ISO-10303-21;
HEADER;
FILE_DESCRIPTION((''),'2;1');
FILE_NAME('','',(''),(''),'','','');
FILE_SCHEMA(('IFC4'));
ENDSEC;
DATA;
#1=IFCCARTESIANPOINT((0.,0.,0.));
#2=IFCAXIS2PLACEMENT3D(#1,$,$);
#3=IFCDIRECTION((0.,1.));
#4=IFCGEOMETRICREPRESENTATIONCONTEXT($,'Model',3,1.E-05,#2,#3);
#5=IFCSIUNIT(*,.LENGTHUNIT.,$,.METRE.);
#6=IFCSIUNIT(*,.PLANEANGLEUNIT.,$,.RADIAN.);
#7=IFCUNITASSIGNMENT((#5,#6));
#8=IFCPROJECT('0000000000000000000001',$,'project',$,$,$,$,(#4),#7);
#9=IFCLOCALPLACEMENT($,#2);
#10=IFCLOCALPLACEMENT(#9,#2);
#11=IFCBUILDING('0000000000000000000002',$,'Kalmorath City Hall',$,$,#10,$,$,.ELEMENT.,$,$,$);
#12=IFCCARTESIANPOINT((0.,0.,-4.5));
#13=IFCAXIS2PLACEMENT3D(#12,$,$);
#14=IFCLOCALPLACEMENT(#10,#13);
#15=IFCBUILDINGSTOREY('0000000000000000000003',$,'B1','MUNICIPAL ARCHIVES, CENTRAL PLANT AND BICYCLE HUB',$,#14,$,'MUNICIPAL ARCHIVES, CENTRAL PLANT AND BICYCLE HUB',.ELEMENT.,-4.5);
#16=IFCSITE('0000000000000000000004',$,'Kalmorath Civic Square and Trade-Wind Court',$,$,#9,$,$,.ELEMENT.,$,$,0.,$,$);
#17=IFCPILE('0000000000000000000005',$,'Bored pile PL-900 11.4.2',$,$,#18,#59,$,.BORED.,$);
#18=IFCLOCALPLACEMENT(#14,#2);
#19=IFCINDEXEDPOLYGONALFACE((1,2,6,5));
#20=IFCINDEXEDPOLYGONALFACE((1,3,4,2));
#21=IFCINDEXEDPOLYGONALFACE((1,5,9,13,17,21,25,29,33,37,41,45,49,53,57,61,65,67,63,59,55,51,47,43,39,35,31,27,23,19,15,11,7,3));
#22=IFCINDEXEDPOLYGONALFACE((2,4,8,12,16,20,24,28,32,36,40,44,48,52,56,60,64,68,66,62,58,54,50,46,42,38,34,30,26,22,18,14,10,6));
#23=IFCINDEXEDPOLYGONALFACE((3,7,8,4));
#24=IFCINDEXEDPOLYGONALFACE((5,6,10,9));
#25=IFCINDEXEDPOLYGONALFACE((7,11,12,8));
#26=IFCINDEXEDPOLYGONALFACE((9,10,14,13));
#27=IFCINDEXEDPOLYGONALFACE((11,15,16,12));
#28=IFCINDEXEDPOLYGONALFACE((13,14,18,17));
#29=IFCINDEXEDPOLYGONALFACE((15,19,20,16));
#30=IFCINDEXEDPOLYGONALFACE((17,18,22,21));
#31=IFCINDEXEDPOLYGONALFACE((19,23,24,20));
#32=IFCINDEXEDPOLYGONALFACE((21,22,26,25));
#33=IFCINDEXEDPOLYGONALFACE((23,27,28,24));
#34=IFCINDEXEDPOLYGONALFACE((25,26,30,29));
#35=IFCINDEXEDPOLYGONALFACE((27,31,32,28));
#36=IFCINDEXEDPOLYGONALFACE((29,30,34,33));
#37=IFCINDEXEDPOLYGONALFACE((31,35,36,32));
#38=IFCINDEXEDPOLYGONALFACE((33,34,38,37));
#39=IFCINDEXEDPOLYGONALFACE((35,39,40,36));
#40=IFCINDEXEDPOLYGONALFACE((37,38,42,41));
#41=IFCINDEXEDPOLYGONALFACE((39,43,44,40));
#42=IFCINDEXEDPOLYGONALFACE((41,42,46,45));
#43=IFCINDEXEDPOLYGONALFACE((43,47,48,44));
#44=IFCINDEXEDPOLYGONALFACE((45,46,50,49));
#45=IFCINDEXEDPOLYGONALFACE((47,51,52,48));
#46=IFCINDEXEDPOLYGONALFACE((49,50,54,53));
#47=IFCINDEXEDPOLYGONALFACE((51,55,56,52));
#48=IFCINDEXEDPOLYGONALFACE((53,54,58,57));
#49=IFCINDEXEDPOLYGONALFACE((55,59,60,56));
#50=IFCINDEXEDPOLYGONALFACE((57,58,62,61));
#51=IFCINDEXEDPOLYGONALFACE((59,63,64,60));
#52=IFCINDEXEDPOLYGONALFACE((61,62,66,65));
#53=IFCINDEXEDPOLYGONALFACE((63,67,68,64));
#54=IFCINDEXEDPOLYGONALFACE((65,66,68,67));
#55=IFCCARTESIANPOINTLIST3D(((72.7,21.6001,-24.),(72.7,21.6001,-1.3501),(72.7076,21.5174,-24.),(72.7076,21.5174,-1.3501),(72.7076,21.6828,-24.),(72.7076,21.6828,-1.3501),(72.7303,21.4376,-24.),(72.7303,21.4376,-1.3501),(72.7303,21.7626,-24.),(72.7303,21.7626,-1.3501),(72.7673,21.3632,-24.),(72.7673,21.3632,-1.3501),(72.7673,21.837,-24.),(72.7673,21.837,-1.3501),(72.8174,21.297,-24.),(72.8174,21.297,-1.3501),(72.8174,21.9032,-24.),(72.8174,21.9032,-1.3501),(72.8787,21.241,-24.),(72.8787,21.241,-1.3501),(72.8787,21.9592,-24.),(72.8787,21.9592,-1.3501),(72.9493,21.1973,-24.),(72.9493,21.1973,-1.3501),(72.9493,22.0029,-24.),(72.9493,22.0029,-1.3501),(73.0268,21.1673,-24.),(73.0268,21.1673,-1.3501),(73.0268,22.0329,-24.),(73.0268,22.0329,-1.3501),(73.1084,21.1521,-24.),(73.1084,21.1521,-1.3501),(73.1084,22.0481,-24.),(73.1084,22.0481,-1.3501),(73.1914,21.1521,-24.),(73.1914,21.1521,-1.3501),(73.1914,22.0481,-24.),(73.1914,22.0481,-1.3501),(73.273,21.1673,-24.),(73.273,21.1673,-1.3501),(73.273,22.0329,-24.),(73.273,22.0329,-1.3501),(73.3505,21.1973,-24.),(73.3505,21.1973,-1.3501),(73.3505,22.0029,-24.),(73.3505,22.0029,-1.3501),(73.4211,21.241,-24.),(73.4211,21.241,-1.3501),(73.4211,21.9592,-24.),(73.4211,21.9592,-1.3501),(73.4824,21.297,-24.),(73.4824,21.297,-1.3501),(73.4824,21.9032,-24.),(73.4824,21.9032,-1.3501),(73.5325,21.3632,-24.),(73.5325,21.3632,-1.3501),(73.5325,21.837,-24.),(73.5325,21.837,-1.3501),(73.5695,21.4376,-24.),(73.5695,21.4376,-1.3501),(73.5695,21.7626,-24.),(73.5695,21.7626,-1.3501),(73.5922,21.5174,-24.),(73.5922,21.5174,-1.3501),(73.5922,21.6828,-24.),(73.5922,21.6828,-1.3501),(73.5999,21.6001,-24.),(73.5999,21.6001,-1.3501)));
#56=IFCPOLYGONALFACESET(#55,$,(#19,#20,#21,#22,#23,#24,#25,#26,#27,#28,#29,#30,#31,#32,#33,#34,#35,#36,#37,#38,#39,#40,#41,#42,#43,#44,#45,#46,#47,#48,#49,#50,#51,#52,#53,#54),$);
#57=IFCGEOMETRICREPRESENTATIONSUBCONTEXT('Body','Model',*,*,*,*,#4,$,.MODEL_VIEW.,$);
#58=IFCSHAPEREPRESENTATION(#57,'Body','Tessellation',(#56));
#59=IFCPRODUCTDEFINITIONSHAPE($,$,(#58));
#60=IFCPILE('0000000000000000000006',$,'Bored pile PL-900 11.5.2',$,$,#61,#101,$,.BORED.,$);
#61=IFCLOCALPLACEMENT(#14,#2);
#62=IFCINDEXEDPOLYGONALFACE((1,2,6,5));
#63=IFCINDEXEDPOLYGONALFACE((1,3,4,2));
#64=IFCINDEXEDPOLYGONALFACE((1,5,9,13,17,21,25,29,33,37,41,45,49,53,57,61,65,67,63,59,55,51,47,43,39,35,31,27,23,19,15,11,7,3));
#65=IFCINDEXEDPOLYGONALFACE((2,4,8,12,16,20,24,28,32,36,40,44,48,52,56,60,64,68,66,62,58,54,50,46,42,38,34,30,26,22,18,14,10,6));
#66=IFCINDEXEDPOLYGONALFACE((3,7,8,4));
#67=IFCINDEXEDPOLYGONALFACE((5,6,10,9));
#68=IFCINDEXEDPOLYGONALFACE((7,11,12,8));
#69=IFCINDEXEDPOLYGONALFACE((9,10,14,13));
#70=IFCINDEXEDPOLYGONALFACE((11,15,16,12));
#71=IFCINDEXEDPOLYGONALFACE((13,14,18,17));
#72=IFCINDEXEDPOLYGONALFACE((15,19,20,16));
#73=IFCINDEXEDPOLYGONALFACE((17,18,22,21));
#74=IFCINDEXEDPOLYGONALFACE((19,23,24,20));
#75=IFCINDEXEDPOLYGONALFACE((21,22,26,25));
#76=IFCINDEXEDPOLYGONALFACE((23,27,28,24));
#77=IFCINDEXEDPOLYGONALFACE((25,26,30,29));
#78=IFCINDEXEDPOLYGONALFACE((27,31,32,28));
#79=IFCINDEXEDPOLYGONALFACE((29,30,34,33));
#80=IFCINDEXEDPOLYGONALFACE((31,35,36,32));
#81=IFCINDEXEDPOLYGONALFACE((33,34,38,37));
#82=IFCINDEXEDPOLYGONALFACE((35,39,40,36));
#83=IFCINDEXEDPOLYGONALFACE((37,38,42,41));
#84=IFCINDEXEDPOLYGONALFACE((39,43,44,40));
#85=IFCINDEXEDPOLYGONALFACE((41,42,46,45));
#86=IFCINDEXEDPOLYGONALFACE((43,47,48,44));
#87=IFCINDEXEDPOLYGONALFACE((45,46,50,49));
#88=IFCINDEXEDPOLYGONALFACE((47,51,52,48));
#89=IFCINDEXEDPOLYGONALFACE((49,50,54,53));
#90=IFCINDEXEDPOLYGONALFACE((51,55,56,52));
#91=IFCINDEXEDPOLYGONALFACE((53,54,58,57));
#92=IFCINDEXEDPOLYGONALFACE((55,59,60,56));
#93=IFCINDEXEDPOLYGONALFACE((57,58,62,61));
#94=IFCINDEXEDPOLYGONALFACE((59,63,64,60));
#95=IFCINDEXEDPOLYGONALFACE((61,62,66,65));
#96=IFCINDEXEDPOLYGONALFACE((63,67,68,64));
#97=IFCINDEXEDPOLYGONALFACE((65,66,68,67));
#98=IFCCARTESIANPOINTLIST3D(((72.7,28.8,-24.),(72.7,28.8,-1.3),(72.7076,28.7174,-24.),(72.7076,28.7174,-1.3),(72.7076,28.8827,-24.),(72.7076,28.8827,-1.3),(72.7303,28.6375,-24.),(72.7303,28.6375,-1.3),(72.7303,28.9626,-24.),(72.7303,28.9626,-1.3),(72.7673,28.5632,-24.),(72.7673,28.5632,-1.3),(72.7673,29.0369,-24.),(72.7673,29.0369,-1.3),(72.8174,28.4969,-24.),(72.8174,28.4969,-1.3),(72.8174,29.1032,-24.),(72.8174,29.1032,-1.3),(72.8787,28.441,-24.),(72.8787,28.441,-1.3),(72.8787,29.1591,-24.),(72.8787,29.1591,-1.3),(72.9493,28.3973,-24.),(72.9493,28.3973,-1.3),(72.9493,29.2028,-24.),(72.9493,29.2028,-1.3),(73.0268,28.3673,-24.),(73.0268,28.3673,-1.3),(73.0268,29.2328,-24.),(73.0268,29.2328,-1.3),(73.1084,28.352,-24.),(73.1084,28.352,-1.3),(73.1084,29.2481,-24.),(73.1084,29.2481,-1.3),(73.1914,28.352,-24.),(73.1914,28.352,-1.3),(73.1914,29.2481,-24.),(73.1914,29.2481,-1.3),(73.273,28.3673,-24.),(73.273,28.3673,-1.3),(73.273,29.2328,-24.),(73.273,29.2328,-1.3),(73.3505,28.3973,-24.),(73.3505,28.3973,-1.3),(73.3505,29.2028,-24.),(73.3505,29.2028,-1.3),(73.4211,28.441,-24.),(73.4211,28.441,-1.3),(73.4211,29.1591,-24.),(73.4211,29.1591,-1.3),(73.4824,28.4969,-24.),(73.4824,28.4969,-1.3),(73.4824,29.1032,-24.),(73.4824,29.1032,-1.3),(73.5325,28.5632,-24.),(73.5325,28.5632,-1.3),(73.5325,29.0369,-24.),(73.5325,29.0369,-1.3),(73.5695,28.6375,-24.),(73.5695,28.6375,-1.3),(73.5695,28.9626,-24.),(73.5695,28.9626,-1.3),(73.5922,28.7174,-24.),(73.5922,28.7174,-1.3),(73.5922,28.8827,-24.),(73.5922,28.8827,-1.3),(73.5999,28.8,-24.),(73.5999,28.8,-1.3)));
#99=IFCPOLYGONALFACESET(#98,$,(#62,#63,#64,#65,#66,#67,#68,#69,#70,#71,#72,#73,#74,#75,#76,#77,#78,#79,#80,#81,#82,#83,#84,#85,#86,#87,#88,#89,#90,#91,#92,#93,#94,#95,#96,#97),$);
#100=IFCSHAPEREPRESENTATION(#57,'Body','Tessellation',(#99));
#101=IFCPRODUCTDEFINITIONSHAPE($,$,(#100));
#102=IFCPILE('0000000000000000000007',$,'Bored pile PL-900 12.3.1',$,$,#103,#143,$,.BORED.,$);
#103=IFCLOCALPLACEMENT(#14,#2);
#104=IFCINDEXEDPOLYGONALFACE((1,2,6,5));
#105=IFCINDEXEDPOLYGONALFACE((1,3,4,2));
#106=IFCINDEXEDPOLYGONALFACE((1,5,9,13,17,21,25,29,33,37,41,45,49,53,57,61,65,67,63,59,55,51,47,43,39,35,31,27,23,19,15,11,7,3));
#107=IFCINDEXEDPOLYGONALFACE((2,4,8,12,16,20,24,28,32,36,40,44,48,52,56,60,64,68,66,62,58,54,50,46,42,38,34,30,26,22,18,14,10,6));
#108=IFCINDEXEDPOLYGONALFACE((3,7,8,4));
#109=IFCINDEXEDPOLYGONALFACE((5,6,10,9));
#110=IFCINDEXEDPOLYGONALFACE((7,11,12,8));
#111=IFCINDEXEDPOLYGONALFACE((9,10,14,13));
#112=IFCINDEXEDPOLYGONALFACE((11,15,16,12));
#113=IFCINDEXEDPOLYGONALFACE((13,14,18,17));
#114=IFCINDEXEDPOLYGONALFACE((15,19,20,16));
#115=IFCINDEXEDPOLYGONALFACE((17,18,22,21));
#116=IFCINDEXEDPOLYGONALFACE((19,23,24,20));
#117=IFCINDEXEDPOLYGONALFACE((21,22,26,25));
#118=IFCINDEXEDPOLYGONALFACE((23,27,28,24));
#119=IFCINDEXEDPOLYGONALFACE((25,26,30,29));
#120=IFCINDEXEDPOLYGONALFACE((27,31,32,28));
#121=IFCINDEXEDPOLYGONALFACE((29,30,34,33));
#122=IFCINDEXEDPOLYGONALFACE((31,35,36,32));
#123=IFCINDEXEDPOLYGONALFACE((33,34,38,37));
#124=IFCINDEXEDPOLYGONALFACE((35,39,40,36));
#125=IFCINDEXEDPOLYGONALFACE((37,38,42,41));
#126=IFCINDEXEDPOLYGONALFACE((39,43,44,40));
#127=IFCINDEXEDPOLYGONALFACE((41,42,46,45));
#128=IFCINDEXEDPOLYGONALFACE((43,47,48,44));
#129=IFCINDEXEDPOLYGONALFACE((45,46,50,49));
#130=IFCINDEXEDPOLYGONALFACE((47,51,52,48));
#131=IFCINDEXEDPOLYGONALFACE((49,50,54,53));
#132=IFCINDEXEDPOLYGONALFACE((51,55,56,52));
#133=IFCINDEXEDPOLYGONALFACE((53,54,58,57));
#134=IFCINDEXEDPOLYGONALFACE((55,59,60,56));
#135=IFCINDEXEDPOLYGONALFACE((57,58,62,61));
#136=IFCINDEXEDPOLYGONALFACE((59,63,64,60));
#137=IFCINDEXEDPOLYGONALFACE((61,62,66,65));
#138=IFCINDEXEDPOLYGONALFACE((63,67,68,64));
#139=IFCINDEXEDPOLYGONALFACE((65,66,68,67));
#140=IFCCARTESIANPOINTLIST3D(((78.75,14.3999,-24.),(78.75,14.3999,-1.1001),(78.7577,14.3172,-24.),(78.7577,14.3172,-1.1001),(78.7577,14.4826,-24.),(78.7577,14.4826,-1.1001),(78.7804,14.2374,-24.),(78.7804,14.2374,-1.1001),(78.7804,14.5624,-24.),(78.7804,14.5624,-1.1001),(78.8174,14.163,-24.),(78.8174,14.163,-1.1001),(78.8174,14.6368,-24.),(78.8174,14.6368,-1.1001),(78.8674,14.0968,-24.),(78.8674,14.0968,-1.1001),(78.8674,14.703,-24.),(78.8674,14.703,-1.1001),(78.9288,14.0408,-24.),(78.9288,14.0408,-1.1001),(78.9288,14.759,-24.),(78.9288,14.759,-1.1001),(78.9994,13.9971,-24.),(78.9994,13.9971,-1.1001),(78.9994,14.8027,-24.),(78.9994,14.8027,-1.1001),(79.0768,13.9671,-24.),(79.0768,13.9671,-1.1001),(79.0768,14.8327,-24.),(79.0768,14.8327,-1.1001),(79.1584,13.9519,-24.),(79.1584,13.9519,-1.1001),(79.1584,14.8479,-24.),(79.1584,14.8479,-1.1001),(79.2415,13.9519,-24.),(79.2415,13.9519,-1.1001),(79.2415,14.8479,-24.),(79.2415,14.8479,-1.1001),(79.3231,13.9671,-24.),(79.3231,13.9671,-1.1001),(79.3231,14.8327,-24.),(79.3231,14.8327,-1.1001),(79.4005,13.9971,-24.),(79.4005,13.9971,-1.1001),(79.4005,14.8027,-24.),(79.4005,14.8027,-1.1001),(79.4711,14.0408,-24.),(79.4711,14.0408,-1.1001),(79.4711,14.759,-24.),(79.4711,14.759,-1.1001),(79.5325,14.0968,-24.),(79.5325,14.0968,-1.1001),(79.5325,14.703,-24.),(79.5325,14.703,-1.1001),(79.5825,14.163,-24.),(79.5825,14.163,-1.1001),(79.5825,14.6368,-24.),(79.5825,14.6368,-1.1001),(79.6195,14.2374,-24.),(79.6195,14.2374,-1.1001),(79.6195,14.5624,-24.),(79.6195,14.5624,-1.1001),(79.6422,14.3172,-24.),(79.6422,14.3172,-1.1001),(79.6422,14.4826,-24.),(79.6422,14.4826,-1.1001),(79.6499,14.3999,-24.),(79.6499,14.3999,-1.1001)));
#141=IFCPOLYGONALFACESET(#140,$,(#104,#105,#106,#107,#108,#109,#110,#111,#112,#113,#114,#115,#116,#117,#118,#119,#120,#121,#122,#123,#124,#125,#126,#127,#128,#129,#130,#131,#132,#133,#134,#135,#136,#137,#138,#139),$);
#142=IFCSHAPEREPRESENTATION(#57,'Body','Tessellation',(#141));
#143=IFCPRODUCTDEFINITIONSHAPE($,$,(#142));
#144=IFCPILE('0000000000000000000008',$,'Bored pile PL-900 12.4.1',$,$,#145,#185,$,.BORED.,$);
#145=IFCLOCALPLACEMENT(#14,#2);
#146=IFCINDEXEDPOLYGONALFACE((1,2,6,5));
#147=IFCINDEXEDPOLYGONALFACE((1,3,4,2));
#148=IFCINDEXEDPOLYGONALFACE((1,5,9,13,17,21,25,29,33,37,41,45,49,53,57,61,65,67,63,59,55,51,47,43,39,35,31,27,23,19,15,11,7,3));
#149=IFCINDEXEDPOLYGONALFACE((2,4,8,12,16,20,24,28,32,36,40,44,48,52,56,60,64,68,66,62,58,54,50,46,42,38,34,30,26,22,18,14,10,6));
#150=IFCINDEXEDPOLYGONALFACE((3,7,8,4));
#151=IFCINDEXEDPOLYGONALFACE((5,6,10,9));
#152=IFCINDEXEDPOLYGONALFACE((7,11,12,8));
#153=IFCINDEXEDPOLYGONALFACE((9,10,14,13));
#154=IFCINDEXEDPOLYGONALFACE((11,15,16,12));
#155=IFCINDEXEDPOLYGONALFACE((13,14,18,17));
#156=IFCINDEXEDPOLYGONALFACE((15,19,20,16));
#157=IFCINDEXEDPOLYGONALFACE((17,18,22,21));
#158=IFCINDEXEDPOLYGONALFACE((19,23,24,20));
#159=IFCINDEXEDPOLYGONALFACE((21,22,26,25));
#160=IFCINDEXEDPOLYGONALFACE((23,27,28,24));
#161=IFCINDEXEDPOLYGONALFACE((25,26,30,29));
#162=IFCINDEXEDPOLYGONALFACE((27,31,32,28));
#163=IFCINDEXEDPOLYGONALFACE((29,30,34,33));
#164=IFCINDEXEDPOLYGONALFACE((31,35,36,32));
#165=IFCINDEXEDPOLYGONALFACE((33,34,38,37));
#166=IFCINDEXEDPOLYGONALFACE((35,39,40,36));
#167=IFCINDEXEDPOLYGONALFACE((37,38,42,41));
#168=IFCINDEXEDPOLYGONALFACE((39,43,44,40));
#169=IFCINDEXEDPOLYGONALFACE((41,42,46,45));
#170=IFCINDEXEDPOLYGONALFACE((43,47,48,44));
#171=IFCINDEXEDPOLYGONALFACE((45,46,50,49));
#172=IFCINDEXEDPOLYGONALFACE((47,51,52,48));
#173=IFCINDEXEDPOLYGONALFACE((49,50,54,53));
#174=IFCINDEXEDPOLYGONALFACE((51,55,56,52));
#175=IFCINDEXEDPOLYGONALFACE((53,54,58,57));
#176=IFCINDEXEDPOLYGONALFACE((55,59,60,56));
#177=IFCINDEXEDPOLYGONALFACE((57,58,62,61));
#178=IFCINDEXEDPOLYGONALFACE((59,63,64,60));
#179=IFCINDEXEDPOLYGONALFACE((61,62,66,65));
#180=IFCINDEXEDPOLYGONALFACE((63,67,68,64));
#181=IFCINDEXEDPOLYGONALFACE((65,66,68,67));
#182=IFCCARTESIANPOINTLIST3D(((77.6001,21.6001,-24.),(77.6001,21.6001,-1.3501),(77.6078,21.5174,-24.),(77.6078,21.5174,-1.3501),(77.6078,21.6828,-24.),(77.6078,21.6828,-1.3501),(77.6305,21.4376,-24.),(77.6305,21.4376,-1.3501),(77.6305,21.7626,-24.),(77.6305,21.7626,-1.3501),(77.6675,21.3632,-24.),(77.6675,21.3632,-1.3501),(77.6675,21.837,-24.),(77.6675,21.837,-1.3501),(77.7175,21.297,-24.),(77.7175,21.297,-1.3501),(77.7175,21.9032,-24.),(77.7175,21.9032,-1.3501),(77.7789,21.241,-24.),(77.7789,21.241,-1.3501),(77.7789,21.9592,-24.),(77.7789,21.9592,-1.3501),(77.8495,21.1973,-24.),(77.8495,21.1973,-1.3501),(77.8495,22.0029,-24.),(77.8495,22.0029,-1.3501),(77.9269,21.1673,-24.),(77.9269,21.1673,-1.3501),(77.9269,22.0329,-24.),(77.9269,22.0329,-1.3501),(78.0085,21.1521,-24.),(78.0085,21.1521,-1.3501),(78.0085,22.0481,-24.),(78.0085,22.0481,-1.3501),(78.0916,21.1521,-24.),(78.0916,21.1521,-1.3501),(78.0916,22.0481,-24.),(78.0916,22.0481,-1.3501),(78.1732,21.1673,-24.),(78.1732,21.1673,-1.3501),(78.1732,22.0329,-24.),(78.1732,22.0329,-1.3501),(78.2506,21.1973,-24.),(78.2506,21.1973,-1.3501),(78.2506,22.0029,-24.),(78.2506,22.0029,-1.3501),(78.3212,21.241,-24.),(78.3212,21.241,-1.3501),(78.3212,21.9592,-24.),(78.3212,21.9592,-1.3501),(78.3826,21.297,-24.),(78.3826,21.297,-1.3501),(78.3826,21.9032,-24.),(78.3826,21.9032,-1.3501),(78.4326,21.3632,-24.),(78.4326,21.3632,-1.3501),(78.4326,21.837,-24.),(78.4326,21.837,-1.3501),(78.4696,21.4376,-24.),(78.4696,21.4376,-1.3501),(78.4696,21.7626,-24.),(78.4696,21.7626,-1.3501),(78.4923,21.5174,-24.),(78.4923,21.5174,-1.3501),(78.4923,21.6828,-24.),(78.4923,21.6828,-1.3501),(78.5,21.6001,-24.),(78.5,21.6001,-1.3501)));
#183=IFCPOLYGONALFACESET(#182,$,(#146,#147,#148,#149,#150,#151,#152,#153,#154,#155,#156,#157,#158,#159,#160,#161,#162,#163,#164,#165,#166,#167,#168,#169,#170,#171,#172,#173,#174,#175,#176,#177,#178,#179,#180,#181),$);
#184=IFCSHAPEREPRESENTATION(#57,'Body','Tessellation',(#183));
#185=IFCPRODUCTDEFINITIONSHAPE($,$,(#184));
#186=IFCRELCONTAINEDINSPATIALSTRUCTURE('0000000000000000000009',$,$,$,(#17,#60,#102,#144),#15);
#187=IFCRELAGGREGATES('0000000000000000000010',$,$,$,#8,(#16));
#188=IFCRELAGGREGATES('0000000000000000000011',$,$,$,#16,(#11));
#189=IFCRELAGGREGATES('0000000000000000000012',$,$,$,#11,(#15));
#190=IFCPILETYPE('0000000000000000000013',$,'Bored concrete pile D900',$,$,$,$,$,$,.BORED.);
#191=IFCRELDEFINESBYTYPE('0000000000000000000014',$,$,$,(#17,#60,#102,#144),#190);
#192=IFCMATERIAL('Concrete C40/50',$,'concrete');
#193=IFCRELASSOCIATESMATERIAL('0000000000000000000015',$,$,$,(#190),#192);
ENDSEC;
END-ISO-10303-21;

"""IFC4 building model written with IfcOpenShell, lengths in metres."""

from ifc_helpers import new_model, si_unit, direction, frame, origin, origin_2d, place, context, subcontext, project, spatial, circle, extrude, material, material_profile, profile_set, type_object, element, save


model = new_model("IFC4")

# Units and contexts
model_context = context("Model", 3, precision=1e-05, world=origin(), true_north=direction((0.0, 1.0)))
body_context = subcontext(model_context, "Body", "Model", "MODEL_VIEW")
ifc_project = project(units=[si_unit("LENGTHUNIT", "METRE"), si_unit("PLANEANGLEUNIT", "RADIAN")], contexts=[model_context])

# Site, building, storey
site_placement = place(None, origin())
site = spatial("IfcSite", under=ifc_project, at=site_placement, Name="Kalmorath Civic Square and Trade-Wind Court", CompositionType="ELEMENT", RefElevation=0.0)
building_placement = place(site_placement, origin())
building = spatial("IfcBuilding", under=site, at=building_placement, Name="Kalmorath City Hall", CompositionType="ELEMENT")
storey_placement = place(building_placement, frame((0.0, 0.0, -4.5)))
storey = spatial("IfcBuildingStorey", under=building, at=storey_placement, Name="B1", Description="MUNICIPAL ARCHIVES, CENTRAL PLANT AND BICYCLE HUB", LongName="MUNICIPAL ARCHIVES, CENTRAL PLANT AND BICYCLE HUB", CompositionType="ELEMENT", Elevation=-4.5)

# Piles
ifc_material_1 = material(Name="Concrete C40/50", Category="concrete")
ifc_material_profile_1 = material_profile(ifc_material_1, circle(Radius=0.45, at=origin_2d()), Name="PILE-D900")
ifc_profile_set_1 = profile_set([ifc_material_profile_1], Name="Concrete C40/50")
pile_type = type_object("IfcPileType", Name="Bored concrete pile D900", PredefinedType="BORED", material=ifc_profile_set_1)
pile_1_placement = place(storey_placement, frame((73.1499, 21.6001, -1.3501), z_axis=(0.0, 0.0, -1.0), x_axis=(1.0, 0.0, 0.0)))
element("IfcPile", 1, at=pile_1_placement, inside=storey, type_object=pile_type, Name="Bored pile PL-900 11.4.2", PredefinedType="BORED", context=body_context, shape_type="SweptSolid", body=[
    extrude(circle(Radius=0.45, at=origin_2d()), origin(), (0.0, 0.0, 1.0), 22.6499),
])
pile_2_placement = place(storey_placement, frame((73.1499, 28.8, -1.3), z_axis=(0.0, 0.0, -1.0), x_axis=(1.0, 0.0, 0.0)))
element("IfcPile", 2, at=pile_2_placement, inside=storey, type_object=pile_type, Name="Bored pile PL-900 11.5.2", PredefinedType="BORED", context=body_context, shape_type="SweptSolid", body=[
    extrude(circle(Radius=0.45, at=origin_2d()), origin(), (0.0, 0.0, 1.0), 22.7),
])
pile_3_placement = place(storey_placement, frame((79.2, 14.3999, -1.1001), z_axis=(0.0, 0.0, -1.0), x_axis=(1.0, 0.0, 0.0)))
element("IfcPile", 3, at=pile_3_placement, inside=storey, type_object=pile_type, Name="Bored pile PL-900 12.3.1", PredefinedType="BORED", context=body_context, shape_type="SweptSolid", body=[
    extrude(circle(Radius=0.45, at=origin_2d()), origin(), (0.0, 0.0, 1.0), 22.8999),
])
for number, where, z_axis, x_axis, name in (
    (4, (78.05, 21.6001, -1.3501), (0.0, 0.0, -1.0), (1.0, 0.0, 0.0), "Bored pile PL-900 12.4.1"),
):
    element("IfcPile", number, at=place(storey_placement, frame(where, z_axis=z_axis, x_axis=x_axis)), inside=storey, type_object=pile_type, Name=name, PredefinedType="BORED", context=body_context, shape_type="SweptSolid", body=[
        extrude(circle(Radius=0.45, at=origin_2d()), origin(), (0.0, 0.0, 1.0), 22.6499),
    ])

save(model, "model.ifc")
